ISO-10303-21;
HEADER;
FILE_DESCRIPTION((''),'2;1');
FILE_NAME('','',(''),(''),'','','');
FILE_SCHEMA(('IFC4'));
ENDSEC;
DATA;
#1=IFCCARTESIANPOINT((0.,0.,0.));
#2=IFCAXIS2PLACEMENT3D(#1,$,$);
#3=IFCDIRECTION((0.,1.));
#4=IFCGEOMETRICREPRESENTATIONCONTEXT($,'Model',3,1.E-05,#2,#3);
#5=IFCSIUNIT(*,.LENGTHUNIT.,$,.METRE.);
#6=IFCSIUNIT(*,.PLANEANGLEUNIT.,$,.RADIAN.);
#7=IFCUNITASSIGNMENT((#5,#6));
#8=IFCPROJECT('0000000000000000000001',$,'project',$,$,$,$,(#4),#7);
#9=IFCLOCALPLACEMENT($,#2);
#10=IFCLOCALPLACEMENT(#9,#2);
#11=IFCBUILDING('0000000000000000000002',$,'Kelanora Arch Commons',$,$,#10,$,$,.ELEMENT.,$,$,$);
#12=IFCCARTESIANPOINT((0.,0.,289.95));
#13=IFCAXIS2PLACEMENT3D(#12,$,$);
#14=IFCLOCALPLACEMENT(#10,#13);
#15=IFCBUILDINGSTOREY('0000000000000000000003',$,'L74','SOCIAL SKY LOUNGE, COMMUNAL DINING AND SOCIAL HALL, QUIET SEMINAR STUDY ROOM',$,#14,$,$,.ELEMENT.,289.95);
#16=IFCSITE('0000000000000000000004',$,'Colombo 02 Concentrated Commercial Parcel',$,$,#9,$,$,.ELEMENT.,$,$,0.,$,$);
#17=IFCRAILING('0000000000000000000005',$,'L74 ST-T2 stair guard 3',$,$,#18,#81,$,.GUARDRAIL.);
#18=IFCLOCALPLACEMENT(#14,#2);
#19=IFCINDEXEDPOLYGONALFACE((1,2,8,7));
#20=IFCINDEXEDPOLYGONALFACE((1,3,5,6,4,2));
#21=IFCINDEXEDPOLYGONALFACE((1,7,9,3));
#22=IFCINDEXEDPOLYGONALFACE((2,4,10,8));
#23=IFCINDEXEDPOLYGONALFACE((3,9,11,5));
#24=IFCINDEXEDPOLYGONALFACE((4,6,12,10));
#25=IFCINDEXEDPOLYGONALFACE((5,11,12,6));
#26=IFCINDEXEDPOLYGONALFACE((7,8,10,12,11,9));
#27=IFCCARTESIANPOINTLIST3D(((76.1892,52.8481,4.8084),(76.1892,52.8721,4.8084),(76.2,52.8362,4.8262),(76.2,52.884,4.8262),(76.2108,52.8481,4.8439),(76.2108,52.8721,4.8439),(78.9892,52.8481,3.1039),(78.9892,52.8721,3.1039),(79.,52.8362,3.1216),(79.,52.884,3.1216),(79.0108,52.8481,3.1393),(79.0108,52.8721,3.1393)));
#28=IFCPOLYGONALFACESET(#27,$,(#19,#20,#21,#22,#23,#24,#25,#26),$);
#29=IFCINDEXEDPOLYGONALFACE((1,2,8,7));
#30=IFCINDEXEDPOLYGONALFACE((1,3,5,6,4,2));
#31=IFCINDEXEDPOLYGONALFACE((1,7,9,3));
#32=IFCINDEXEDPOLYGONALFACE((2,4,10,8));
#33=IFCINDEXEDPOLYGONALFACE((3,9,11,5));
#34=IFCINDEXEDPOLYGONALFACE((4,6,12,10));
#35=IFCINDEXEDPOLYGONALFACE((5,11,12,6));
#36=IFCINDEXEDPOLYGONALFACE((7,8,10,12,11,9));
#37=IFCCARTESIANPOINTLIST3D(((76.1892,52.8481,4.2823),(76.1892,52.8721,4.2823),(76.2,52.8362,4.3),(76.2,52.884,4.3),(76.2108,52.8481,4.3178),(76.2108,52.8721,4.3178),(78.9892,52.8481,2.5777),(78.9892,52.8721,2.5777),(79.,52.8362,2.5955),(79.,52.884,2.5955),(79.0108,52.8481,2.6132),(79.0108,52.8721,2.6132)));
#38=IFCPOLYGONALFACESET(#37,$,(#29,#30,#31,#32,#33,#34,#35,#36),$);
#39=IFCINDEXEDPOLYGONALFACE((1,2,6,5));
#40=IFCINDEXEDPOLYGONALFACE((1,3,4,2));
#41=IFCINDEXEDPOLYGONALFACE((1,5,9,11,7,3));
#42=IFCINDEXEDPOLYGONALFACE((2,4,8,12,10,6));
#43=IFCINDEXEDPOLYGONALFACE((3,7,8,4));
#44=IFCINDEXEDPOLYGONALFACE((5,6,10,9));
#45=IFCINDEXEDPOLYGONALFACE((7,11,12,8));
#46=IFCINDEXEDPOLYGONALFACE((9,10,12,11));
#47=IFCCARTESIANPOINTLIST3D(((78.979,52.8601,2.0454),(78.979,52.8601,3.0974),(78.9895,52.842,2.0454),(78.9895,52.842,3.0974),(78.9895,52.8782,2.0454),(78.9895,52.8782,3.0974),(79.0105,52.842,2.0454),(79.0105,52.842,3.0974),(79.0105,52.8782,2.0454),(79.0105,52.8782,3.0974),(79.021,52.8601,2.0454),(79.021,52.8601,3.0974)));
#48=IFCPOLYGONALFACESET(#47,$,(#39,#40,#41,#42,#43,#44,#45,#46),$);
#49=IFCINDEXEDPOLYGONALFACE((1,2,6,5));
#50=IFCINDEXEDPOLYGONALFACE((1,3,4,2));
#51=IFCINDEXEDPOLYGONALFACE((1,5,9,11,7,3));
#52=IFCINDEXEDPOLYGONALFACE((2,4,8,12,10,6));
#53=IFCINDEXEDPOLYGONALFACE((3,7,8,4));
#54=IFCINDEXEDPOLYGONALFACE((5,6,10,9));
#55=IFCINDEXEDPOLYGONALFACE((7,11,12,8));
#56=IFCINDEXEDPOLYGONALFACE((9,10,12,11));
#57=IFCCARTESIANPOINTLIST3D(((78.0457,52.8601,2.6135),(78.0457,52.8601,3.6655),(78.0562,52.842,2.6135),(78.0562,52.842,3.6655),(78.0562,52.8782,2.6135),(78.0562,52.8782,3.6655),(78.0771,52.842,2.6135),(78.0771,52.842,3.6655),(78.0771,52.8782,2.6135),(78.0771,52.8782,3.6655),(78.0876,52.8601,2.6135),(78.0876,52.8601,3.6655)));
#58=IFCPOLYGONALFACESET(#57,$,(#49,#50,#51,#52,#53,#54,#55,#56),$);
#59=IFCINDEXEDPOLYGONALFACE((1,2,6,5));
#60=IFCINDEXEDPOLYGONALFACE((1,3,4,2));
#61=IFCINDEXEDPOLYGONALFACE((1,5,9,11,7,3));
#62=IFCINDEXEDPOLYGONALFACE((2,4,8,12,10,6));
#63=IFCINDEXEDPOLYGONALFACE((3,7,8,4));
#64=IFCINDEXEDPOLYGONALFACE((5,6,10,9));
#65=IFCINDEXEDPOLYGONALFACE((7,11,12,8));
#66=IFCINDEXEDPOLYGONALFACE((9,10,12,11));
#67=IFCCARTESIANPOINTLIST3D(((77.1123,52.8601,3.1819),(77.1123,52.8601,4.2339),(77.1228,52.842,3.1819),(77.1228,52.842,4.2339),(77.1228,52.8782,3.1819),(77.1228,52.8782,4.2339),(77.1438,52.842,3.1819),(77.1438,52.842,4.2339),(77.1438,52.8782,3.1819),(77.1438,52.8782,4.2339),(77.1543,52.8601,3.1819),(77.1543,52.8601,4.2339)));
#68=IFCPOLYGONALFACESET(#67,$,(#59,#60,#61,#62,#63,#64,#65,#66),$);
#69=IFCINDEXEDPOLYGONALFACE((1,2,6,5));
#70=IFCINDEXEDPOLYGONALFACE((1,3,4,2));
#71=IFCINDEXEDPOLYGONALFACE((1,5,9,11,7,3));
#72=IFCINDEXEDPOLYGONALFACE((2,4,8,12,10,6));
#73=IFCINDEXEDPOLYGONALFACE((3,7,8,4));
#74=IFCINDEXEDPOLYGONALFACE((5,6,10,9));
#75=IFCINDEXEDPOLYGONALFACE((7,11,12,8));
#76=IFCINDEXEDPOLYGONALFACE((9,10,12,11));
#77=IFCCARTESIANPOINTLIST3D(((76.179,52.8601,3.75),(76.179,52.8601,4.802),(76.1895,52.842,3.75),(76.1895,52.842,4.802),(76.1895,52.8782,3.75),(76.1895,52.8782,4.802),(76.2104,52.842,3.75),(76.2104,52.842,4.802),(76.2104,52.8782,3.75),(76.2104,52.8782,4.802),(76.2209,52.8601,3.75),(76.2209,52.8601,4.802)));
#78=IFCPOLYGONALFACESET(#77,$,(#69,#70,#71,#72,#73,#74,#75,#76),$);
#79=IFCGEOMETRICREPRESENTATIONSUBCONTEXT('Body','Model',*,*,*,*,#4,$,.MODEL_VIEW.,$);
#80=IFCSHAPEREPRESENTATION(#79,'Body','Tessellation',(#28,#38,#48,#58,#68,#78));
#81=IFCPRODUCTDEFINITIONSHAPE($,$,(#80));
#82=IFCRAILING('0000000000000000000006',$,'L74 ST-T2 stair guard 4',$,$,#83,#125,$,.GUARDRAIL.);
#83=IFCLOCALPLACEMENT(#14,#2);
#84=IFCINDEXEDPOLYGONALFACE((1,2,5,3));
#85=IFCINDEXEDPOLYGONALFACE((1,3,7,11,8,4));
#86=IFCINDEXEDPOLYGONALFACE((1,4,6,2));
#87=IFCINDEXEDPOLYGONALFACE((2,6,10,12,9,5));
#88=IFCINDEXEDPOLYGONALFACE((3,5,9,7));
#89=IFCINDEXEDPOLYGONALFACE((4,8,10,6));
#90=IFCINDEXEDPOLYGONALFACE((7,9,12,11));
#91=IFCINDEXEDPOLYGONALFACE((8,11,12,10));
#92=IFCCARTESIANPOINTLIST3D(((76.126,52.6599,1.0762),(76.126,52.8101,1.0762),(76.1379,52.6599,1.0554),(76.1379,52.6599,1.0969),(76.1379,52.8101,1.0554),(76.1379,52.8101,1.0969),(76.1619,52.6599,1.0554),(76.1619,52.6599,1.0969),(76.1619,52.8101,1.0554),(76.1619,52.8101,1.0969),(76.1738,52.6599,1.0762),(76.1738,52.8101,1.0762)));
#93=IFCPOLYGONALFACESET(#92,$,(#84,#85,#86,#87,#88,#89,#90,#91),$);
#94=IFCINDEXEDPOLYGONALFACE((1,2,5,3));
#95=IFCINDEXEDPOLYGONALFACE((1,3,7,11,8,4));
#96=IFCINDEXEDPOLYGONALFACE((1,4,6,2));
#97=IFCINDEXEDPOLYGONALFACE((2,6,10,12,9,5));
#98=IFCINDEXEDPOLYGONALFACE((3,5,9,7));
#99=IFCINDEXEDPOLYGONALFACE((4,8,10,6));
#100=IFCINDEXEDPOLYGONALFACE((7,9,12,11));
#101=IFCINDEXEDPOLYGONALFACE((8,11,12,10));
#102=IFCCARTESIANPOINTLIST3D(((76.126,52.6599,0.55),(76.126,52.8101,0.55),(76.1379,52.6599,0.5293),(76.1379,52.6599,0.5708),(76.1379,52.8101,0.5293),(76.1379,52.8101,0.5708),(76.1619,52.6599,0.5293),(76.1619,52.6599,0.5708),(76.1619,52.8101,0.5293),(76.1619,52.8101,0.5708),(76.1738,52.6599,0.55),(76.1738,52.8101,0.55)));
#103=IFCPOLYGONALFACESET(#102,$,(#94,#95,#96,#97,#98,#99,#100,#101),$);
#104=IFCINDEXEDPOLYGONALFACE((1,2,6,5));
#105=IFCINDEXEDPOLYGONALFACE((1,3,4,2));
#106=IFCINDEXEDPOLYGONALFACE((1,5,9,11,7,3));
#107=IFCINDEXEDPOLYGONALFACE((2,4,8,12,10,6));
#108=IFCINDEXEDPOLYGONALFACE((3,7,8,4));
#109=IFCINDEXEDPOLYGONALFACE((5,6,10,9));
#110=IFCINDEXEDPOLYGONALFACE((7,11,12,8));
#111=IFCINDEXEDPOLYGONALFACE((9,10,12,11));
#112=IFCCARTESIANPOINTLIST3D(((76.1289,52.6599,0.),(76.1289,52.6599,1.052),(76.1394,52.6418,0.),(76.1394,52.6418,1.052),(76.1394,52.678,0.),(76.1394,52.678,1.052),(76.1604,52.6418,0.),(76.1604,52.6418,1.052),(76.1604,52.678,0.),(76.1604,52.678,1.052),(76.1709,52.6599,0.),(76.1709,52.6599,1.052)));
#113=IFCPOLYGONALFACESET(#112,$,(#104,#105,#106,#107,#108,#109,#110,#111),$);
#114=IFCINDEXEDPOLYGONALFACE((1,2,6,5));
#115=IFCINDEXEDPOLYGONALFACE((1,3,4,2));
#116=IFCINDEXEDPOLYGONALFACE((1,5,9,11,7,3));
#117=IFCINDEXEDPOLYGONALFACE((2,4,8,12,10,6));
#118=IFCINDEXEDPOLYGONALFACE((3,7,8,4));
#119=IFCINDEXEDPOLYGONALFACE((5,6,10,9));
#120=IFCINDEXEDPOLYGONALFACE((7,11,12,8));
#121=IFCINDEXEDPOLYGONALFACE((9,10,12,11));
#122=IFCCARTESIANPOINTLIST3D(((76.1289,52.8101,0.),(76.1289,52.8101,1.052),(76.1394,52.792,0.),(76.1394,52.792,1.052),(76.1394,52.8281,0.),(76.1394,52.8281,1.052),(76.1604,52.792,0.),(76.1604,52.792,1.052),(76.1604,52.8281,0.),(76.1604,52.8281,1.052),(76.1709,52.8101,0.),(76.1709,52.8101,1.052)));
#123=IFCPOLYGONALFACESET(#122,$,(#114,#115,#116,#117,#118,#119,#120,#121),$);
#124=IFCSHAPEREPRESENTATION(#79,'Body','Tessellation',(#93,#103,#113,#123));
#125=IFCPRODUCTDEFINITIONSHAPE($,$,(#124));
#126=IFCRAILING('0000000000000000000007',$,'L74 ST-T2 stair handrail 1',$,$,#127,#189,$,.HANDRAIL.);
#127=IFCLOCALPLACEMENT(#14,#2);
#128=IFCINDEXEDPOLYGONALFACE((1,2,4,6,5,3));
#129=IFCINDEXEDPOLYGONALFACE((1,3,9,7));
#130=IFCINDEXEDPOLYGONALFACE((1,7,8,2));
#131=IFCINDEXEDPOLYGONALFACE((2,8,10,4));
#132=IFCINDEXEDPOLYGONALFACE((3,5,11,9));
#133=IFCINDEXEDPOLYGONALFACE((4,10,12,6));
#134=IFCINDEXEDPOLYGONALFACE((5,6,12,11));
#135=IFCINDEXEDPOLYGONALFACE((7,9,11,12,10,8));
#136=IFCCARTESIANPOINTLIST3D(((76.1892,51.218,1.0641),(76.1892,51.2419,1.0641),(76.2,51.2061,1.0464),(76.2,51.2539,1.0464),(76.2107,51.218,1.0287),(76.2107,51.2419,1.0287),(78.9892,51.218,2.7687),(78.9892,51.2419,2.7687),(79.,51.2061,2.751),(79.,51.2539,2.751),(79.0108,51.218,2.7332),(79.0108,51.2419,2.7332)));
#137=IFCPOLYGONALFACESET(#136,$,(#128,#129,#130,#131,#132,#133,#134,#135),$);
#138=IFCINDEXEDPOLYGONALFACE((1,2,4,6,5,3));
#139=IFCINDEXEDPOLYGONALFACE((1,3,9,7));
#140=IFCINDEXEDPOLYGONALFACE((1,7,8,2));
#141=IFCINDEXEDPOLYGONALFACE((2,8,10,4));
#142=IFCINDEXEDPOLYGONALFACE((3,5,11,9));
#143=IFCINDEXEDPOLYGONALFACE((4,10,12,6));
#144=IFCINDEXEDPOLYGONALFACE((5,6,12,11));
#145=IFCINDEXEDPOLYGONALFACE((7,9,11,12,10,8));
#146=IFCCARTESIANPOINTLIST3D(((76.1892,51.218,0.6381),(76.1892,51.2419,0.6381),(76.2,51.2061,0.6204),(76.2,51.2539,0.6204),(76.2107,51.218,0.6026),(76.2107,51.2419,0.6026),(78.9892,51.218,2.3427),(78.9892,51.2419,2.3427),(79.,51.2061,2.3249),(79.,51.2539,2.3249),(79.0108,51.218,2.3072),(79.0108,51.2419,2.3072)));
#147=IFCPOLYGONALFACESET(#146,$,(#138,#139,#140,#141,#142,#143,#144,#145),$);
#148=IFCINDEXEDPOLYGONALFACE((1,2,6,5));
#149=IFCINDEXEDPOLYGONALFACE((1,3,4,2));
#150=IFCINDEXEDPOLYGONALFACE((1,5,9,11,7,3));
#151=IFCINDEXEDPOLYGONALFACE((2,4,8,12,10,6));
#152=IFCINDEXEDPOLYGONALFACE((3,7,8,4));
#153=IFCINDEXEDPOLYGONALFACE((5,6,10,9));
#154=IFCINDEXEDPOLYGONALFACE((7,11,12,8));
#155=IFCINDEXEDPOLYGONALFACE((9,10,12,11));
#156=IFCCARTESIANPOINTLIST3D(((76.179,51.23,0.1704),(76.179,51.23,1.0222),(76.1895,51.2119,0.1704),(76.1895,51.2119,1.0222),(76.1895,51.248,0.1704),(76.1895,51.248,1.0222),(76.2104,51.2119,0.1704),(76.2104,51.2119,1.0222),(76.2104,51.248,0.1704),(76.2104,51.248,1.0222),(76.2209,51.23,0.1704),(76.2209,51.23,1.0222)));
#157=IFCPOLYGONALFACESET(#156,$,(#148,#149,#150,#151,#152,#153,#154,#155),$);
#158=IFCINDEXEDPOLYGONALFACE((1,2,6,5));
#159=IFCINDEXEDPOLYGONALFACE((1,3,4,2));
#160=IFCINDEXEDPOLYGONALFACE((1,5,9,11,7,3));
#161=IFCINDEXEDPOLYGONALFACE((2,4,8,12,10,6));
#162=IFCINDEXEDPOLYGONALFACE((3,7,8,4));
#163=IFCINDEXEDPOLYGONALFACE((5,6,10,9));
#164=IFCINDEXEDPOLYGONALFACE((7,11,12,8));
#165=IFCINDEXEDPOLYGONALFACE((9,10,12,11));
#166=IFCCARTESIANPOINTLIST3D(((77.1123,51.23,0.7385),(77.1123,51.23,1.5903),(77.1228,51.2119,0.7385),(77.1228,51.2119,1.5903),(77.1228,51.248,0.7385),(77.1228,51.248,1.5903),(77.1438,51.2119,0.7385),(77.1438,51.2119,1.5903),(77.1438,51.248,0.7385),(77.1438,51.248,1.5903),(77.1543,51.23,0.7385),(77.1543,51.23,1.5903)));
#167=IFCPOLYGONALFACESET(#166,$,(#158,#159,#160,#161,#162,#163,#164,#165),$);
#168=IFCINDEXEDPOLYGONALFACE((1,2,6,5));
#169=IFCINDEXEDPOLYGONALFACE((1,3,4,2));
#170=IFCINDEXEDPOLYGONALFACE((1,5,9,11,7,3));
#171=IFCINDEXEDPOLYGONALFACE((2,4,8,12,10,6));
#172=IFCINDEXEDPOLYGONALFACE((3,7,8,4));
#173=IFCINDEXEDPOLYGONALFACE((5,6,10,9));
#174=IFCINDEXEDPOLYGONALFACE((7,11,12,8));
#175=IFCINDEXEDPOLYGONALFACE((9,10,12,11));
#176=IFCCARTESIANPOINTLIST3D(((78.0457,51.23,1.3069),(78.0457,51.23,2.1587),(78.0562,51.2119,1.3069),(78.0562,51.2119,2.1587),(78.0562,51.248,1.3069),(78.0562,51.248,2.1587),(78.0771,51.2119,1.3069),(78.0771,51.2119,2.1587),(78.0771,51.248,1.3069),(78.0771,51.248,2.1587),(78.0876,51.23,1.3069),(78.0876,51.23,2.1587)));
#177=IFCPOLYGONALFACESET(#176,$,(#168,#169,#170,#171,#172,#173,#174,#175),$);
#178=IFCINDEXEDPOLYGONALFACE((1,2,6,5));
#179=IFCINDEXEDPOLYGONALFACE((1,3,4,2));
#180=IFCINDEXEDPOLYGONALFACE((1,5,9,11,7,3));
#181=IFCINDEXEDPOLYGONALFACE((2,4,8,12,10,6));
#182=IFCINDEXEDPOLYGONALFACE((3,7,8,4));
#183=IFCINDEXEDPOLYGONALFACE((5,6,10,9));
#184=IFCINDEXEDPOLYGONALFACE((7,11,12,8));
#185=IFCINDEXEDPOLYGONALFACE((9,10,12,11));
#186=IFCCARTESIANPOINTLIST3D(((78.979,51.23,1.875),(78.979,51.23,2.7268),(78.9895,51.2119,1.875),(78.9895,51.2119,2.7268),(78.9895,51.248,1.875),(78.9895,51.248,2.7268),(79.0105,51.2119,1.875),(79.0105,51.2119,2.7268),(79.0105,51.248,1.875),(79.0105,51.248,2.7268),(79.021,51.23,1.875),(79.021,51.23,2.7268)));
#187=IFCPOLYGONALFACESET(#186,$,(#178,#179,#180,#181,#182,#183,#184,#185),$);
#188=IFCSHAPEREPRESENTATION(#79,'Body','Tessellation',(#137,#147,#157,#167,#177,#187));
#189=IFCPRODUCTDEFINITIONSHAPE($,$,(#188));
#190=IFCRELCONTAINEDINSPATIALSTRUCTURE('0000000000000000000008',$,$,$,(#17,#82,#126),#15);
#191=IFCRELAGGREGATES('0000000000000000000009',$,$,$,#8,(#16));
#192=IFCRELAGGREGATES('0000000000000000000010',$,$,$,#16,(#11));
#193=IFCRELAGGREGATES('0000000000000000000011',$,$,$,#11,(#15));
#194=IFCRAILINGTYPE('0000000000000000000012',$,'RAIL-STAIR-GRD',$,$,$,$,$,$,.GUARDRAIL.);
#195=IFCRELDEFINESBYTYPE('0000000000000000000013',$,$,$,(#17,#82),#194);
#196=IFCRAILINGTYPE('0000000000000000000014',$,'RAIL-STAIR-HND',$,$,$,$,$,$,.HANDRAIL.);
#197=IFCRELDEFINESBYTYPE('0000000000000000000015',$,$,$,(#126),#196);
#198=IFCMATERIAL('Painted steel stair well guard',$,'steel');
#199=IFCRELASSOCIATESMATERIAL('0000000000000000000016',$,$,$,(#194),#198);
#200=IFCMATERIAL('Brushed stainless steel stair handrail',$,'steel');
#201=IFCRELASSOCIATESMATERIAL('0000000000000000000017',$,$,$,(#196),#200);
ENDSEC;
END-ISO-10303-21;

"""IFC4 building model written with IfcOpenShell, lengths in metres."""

from ifc_helpers import new_model, si_unit, direction, frame, origin, place, context, subcontext, project, spatial, polyline, outline, extrude, material, type_object, element, save


model = new_model("IFC4")

# Units and contexts
model_context = context("Model", 3, precision=1e-05, world=origin(), true_north=direction((0.0, 1.0)))
body_context = subcontext(model_context, "Body", "Model", "MODEL_VIEW")
ifc_project = project(units=[si_unit("LENGTHUNIT", "METRE"), si_unit("PLANEANGLEUNIT", "RADIAN")], contexts=[model_context])

# Site, building, storey
site_placement = place(None, origin())
site = spatial("IfcSite", under=ifc_project, at=site_placement, Name="Colombo 02 Concentrated Commercial Parcel", CompositionType="ELEMENT", RefElevation=0.0)
building_placement = place(site_placement, origin())
building = spatial("IfcBuilding", under=site, at=building_placement, Name="Kelanora Arch Commons", CompositionType="ELEMENT")
storey_placement = place(building_placement, frame((0.0, 0.0, 289.95)))
storey = spatial("IfcBuildingStorey", under=building, at=storey_placement, Name="L74", Description="SOCIAL SKY LOUNGE, COMMUNAL DINING AND SOCIAL HALL, QUIET SEMINAR STUDY ROOM", CompositionType="ELEMENT", Elevation=289.95)

# Railings
ifc_material_1 = material(Name="Painted steel stair well guard", Category="steel")
railing_type_1 = type_object("IfcRailingType", Name="RAIL-STAIR-GRD", PredefinedType="GUARDRAIL", material=ifc_material_1)
railing_1_placement = place(storey_placement, frame((79.0, 52.8601, 2.0454)))
element("IfcRailing", 1, at=railing_1_placement, inside=storey, type_object=railing_type_1, Name="L74 ST-T2 stair guard 3", PredefinedType="GUARDRAIL", context=body_context, shape_type="SweptSolid", body=[
    extrude(outline(polyline([(0.0239, 0.0), (0.012, 0.0208), (-0.012, 0.0208), (-0.0239, 0.0), (-0.012, -0.0208), (0.012, -0.0208), (0.0239, 0.0)])), frame((0.0, 0.0, 1.0762), z_axis=(-0.85417, 0.0, 0.519994), x_axis=(0.0, -1.0, 0.0)), (0.0, 0.0, 1.0), 3.2781),
    extrude(outline(polyline([(0.0239, 0.0), (0.012, 0.0208), (-0.012, 0.0208), (-0.0239, 0.0), (-0.012, -0.0208), (0.012, -0.0208), (0.0239, 0.0)])), frame((0.0, 0.0, 0.55), z_axis=(-0.85417, 0.0, 0.519994), x_axis=(0.0, -1.0, 0.0)), (0.0, 0.0, 1.0), 3.2781),
    extrude(outline(polyline([(0.021, 0.0), (0.0105, 0.0181), (-0.0105, 0.0181), (-0.021, 0.0), (-0.0105, -0.0181), (0.0105, -0.0181), (0.021, 0.0)])), origin(), (0.0, 0.0, 1.0), 1.052),
    extrude(outline(polyline([(0.021, 0.0), (0.0105, 0.0181), (-0.0105, 0.0181), (-0.021, 0.0), (-0.0105, -0.0181), (0.0105, -0.0181), (0.021, 0.0)])), frame((-0.9333, 0.0, 0.5681)), (0.0, 0.0, 1.0), 1.052),
    extrude(outline(polyline([(0.021, 0.0), (0.0105, 0.0181), (-0.0105, 0.0181), (-0.021, 0.0), (-0.0105, -0.0181), (0.0105, -0.0181), (0.021, 0.0)])), frame((-1.8667, 0.0, 1.1365)), (0.0, 0.0, 1.0), 1.052),
    extrude(outline(polyline([(0.021, 0.0), (0.0105, 0.0181), (-0.0105, 0.0181), (-0.021, 0.0), (-0.0105, -0.0181), (0.0105, -0.0181), (0.021, 0.0)])), frame((-2.8, 0.0, 1.7046)), (0.0, 0.0, 1.0), 1.052),
])
railing_2_placement = place(storey_placement, frame((76.1499, 52.6599, 0.0)))
element("IfcRailing", 2, at=railing_2_placement, inside=storey, type_object=railing_type_1, Name="L74 ST-T2 stair guard 4", PredefinedType="GUARDRAIL", context=body_context, shape_type="SweptSolid", body=[
    extrude(outline(polyline([(0.0239, 0.0), (0.012, 0.0208), (-0.012, 0.0208), (-0.0239, 0.0), (-0.012, -0.0208), (0.012, -0.0208), (0.0239, 0.0)])), frame((0.0, 0.0, 1.0762), z_axis=(0.0, 1.0, 0.0), x_axis=(-1.0, 0.0, 0.0)), (0.0, 0.0, 1.0), 0.1501),
    extrude(outline(polyline([(0.0239, 0.0), (0.012, 0.0208), (-0.012, 0.0208), (-0.0239, 0.0), (-0.012, -0.0208), (0.012, -0.0208), (0.0239, 0.0)])), frame((0.0, 0.0, 0.55), z_axis=(0.0, 1.0, 0.0), x_axis=(-1.0, 0.0, 0.0)), (0.0, 0.0, 1.0), 0.1501),
    extrude(outline(polyline([(0.021, 0.0), (0.0105, 0.0181), (-0.0105, 0.0181), (-0.021, 0.0), (-0.0105, -0.0181), (0.0105, -0.0181), (0.021, 0.0)])), origin(), (0.0, 0.0, 1.0), 1.052),
    extrude(outline(polyline([(0.021, 0.0), (0.0105, 0.0181), (-0.0105, 0.0181), (-0.021, 0.0), (-0.0105, -0.0181), (0.0105, -0.0181), (0.021, 0.0)])), frame((0.0, 0.1501, 0.0)), (0.0, 0.0, 1.0), 1.052),
])
ifc_material_2 = material(Name="Brushed stainless steel stair handrail", Category="steel")
railing_type_2 = type_object("IfcRailingType", Name="RAIL-STAIR-HND", PredefinedType="HANDRAIL", material=ifc_material_2)
railing_3_placement = place(storey_placement, frame((76.2, 51.23, 0.1704)))
element("IfcRailing", 3, at=railing_3_placement, inside=storey, type_object=railing_type_2, Name="L74 ST-T2 stair handrail 1", PredefinedType="HANDRAIL", context=body_context, shape_type="SweptSolid", body=[
    extrude(outline(polyline([(0.0239, 0.0), (0.012, 0.0208), (-0.012, 0.0208), (-0.0239, 0.0), (-0.012, -0.0208), (0.012, -0.0208), (0.0239, 0.0)])), frame((0.0, 0.0, 0.876), z_axis=(0.85417, 0.0, 0.519994), x_axis=(0.0, 1.0, 0.0)), (0.0, 0.0, 1.0), 3.2781),
    extrude(outline(polyline([(0.0239, 0.0), (0.012, 0.0208), (-0.012, 0.0208), (-0.0239, 0.0), (-0.012, -0.0208), (0.012, -0.0208), (0.0239, 0.0)])), frame((0.0, 0.0, 0.45), z_axis=(0.85417, 0.0, 0.519994), x_axis=(0.0, 1.0, 0.0)), (0.0, 0.0, 1.0), 3.2781),
    extrude(outline(polyline([(0.021, 0.0), (0.0105, 0.0181), (-0.0105, 0.0181), (-0.021, 0.0), (-0.0105, -0.0181), (0.0105, -0.0181), (0.021, 0.0)])), origin(), (0.0, 0.0, 1.0), 0.8518),
    extrude(outline(polyline([(0.021, 0.0), (0.0105, 0.0181), (-0.0105, 0.0181), (-0.021, 0.0), (-0.0105, -0.0181), (0.0105, -0.0181), (0.021, 0.0)])), frame((0.9333, 0.0, 0.5681)), (0.0, 0.0, 1.0), 0.8518),
    extrude(outline(polyline([(0.021, 0.0), (0.0105, 0.0181), (-0.0105, 0.0181), (-0.021, 0.0), (-0.0105, -0.0181), (0.0105, -0.0181), (0.021, 0.0)])), frame((1.8667, 0.0, 1.1365)), (0.0, 0.0, 1.0), 0.8518),
    extrude(outline(polyline([(0.021, 0.0), (0.0105, 0.0181), (-0.0105, 0.0181), (-0.021, 0.0), (-0.0105, -0.0181), (0.0105, -0.0181), (0.021, 0.0)])), frame((2.8, 0.0, 1.7046)), (0.0, 0.0, 1.0), 0.8518),
])

save(model, "model.ifc")
